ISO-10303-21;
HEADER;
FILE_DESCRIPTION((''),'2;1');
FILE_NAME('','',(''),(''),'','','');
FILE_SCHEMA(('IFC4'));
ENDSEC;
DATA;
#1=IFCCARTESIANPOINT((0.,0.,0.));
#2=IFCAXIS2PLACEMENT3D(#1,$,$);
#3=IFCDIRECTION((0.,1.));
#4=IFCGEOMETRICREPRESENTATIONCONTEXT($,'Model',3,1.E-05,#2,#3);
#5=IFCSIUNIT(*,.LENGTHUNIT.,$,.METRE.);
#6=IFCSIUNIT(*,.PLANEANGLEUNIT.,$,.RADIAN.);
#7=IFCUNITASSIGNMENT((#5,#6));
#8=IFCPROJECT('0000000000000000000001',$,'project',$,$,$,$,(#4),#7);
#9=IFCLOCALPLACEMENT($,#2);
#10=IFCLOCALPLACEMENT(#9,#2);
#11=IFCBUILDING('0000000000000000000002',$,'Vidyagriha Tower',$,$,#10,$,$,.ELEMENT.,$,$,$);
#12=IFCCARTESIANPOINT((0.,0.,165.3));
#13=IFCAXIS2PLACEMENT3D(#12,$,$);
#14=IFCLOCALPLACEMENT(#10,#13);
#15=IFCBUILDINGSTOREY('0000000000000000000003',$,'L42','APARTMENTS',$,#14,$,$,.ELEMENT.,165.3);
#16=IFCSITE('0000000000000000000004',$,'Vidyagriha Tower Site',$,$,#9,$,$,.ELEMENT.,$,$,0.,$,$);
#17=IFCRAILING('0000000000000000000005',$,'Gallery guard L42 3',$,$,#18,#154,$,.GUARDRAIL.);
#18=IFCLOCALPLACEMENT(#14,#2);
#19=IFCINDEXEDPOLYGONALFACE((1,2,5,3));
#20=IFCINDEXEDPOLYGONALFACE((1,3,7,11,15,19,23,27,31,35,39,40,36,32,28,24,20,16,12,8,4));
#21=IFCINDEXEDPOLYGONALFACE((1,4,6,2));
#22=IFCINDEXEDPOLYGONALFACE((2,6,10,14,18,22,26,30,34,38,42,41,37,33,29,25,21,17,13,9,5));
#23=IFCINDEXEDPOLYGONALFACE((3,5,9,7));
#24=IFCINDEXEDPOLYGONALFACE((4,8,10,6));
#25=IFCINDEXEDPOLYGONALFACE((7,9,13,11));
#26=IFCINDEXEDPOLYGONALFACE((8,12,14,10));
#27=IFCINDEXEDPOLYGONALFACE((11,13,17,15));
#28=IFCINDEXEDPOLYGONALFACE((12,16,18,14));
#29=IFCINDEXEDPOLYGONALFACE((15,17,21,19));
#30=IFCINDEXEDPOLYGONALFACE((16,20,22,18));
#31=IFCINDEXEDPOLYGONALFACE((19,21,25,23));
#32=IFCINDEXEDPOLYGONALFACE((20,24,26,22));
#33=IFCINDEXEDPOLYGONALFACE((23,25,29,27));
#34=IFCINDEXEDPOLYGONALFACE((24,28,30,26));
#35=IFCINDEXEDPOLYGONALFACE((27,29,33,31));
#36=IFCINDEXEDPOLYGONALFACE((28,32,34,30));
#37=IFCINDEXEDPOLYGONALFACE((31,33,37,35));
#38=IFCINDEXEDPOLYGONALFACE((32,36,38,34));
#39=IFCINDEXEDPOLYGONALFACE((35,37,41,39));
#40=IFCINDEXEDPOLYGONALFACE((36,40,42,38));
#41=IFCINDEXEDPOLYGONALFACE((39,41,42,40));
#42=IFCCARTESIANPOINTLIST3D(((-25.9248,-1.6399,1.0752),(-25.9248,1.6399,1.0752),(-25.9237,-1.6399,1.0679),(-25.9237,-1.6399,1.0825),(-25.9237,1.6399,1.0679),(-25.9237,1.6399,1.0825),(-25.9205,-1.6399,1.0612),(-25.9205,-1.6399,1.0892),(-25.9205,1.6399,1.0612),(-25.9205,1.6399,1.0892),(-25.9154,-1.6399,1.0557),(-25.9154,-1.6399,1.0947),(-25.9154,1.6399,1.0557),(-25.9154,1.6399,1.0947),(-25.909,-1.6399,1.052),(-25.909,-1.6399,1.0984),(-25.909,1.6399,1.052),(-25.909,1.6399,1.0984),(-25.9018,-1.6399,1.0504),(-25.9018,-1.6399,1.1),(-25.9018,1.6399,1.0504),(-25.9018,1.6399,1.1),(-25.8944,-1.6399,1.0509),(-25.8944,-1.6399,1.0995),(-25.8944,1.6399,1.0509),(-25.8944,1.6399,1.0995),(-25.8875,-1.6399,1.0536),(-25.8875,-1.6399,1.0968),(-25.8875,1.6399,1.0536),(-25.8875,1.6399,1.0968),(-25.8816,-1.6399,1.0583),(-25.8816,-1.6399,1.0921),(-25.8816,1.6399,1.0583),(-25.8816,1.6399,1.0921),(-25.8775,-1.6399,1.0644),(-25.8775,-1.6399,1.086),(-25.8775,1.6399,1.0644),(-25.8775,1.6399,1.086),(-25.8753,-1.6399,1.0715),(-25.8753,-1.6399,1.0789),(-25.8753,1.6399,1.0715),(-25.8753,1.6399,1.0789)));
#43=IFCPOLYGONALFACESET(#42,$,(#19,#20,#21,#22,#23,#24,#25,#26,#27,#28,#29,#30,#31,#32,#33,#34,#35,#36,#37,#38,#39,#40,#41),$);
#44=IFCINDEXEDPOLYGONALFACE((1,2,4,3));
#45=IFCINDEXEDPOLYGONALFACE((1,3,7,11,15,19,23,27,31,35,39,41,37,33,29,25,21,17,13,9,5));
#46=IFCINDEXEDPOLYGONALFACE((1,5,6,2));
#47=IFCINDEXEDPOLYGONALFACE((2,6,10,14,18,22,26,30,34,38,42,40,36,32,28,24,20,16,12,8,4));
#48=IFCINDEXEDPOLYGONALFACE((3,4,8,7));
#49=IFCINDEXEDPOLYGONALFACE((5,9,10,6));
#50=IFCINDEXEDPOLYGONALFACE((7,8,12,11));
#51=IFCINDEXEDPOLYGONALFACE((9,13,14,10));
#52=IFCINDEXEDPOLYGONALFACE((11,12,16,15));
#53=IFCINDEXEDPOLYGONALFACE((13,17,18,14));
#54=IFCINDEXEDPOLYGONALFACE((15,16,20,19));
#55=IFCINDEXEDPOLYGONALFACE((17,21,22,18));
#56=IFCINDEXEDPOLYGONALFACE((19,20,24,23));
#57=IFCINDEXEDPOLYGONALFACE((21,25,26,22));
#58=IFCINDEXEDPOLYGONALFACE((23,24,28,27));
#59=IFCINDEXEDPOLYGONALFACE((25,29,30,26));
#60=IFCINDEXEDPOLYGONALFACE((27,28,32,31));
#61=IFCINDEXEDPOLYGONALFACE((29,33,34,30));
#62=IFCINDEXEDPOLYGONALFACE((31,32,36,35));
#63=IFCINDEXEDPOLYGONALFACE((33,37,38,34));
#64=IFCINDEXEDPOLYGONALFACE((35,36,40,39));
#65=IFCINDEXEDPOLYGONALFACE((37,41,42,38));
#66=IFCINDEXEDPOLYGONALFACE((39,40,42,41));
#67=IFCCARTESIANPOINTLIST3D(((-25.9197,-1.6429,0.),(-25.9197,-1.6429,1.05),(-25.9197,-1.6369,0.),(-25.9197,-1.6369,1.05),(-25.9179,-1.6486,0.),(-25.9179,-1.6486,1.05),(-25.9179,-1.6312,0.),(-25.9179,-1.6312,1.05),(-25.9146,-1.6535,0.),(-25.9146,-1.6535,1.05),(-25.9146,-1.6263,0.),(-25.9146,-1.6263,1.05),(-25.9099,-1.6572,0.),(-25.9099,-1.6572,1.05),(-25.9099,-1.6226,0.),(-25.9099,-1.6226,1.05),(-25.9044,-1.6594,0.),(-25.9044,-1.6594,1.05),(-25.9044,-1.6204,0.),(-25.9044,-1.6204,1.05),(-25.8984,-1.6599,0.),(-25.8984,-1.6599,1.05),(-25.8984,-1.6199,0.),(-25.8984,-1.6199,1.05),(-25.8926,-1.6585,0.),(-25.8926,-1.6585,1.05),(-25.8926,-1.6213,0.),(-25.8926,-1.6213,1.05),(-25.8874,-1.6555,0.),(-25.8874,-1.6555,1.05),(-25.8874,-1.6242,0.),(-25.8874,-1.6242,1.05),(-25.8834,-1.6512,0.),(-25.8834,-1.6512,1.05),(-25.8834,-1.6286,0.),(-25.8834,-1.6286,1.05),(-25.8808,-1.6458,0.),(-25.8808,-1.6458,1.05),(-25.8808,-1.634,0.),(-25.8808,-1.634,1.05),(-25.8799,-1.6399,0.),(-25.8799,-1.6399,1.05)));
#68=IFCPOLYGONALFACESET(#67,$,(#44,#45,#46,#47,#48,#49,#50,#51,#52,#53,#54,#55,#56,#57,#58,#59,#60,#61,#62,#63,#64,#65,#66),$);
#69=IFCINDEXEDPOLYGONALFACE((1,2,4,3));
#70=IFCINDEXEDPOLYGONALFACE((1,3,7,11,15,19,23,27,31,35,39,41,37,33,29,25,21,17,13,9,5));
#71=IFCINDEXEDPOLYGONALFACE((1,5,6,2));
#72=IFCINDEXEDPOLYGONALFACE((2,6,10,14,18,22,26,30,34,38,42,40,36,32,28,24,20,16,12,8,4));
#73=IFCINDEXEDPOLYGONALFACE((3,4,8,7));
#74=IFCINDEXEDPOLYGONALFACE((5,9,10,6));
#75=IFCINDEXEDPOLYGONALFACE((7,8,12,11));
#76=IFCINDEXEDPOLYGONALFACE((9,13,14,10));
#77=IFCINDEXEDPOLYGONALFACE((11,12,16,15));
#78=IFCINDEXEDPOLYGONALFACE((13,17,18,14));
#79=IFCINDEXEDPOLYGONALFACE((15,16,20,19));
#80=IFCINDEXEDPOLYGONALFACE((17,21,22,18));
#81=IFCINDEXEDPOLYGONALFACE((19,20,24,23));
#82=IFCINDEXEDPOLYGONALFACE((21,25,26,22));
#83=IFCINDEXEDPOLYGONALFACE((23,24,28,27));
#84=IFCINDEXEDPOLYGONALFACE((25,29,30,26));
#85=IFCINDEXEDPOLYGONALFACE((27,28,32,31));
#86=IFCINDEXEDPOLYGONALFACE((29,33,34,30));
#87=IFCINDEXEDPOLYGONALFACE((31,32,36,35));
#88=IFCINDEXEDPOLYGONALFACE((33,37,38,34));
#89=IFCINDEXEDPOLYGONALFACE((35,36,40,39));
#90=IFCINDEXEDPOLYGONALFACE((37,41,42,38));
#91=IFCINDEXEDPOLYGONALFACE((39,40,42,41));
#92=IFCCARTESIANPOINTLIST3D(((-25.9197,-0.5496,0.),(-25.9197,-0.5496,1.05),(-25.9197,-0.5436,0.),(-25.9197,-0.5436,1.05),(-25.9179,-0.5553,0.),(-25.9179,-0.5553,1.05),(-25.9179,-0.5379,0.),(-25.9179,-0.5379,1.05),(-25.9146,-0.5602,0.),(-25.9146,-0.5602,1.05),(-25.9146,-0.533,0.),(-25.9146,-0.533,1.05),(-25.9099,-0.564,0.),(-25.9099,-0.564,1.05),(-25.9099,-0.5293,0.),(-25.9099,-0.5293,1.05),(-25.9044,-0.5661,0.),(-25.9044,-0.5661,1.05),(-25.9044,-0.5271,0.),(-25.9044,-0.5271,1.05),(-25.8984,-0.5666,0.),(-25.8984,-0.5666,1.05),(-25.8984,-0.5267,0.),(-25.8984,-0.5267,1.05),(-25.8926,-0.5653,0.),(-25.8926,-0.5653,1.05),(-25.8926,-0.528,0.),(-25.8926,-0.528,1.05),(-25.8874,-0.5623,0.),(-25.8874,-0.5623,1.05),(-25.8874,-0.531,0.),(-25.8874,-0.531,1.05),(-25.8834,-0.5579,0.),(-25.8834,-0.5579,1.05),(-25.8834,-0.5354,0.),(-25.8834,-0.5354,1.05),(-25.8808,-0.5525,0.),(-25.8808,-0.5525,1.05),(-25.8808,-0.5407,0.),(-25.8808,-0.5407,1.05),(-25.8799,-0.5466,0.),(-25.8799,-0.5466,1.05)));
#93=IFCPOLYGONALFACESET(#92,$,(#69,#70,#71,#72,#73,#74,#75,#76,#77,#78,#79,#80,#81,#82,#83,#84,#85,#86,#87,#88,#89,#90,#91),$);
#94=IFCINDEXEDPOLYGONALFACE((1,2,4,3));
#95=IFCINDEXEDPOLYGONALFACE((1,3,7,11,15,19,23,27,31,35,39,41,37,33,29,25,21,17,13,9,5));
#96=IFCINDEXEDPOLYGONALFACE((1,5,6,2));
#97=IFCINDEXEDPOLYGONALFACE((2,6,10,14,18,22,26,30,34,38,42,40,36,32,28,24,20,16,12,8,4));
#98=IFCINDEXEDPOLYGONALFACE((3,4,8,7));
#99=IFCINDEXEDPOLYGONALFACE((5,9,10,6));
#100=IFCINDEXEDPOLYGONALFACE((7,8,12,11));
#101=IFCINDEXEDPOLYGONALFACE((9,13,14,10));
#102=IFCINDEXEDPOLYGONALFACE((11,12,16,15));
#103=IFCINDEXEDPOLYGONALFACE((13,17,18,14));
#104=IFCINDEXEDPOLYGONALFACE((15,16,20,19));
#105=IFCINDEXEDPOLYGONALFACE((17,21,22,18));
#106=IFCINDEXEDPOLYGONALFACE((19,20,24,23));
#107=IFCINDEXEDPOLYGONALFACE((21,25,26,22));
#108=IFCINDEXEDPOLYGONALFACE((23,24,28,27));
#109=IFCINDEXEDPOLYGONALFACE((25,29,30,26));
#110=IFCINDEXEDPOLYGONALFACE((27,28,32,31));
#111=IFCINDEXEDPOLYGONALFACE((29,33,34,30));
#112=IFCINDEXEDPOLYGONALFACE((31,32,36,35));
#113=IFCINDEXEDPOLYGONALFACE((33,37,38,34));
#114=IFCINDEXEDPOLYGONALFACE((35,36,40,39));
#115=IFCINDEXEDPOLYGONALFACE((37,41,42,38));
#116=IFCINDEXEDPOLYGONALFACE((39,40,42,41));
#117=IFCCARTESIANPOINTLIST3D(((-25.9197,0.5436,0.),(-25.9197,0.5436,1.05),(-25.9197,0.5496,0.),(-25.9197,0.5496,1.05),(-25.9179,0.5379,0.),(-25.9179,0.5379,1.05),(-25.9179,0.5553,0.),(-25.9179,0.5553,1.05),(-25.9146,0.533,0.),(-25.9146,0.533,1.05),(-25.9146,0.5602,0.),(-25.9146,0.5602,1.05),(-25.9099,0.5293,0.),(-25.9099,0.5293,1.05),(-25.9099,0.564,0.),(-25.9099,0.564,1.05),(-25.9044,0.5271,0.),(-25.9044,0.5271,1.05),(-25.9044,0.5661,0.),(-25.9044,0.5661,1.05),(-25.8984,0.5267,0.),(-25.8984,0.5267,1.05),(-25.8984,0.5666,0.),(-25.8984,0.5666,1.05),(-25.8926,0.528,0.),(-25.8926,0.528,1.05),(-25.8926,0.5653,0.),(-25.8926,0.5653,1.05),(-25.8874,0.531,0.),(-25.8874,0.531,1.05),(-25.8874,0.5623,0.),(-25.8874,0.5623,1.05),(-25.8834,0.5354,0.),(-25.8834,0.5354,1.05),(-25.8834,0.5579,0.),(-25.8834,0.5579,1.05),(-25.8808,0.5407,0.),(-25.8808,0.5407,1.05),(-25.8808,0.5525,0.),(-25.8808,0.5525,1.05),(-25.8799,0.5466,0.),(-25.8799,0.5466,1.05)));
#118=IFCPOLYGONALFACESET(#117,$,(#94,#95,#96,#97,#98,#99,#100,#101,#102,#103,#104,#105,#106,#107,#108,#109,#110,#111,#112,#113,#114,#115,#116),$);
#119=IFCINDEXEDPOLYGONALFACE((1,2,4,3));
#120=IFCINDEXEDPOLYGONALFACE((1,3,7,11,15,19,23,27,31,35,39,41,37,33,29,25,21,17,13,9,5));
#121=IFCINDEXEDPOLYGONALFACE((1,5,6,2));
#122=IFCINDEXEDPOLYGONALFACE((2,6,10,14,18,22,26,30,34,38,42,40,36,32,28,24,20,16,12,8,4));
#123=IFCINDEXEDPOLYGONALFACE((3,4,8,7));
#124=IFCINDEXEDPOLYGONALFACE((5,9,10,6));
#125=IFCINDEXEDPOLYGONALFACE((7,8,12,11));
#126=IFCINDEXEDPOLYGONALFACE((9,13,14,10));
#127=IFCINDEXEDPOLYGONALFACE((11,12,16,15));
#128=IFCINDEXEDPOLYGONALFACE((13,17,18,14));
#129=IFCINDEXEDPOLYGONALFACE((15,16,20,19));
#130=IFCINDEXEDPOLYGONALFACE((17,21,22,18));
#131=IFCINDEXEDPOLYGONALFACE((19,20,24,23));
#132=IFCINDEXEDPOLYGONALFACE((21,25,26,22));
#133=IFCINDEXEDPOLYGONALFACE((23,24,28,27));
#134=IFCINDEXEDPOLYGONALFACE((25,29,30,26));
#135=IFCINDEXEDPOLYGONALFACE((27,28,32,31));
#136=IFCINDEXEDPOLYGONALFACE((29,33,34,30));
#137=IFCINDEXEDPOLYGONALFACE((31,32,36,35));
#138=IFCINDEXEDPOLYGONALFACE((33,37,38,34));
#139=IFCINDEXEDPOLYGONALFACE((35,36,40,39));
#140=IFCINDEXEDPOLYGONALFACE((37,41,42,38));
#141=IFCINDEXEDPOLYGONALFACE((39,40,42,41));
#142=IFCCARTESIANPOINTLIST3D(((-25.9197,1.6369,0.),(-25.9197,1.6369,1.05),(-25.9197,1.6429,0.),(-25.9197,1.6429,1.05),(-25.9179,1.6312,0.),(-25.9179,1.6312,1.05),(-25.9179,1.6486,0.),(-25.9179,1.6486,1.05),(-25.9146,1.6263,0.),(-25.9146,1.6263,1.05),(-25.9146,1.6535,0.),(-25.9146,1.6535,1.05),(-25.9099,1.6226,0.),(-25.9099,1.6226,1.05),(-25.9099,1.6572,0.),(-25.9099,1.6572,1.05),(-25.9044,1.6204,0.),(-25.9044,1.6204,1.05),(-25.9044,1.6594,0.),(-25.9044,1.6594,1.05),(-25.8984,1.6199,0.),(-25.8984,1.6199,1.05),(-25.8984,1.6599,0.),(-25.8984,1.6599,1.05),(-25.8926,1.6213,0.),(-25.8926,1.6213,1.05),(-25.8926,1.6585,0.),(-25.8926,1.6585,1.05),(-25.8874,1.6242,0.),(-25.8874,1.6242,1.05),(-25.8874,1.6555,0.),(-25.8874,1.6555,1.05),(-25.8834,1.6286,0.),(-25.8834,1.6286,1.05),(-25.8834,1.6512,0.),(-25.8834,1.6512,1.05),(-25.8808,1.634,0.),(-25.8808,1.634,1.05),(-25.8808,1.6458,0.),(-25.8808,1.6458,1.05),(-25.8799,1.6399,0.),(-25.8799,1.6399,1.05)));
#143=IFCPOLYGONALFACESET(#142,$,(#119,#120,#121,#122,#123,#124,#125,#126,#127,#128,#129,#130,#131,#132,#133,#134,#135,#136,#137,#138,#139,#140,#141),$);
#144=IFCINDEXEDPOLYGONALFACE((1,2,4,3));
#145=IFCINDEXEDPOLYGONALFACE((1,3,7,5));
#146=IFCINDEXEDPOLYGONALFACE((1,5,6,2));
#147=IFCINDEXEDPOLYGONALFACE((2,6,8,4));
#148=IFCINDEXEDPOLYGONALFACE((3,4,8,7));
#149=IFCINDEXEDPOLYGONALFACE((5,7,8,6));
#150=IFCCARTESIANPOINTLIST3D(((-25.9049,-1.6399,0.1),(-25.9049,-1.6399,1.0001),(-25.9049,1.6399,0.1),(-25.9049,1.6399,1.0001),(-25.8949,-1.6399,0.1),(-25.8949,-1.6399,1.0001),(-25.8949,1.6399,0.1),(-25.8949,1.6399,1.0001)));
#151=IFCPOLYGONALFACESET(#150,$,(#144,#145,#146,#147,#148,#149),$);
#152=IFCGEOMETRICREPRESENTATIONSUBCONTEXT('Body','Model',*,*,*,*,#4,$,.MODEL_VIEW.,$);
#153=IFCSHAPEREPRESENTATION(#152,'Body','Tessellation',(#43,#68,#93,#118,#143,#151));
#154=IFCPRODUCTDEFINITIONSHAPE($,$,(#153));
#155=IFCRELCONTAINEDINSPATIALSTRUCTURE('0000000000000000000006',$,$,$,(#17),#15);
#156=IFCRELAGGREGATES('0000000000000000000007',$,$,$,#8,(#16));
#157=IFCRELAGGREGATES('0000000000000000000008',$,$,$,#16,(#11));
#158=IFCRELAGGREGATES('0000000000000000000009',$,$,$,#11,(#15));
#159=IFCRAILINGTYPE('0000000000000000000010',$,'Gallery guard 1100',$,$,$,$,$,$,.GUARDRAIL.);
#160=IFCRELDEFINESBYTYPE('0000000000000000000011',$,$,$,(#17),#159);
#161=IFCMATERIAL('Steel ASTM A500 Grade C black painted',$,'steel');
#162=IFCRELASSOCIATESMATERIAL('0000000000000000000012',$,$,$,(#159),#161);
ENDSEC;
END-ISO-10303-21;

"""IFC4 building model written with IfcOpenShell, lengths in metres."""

from ifc_helpers import new_model, si_unit, direction, frame, origin, origin_2d, place, context, subcontext, project, spatial, rectangle, circle, extrude, material, type_object, element, save


model = new_model("IFC4")

# Units and contexts
model_context = context("Model", 3, precision=1e-05, world=origin(), true_north=direction((0.0, 1.0)))
body_context = subcontext(model_context, "Body", "Model", "MODEL_VIEW")
ifc_project = project(units=[si_unit("LENGTHUNIT", "METRE"), si_unit("PLANEANGLEUNIT", "RADIAN")], contexts=[model_context])

# Site, building, storey
site_placement = place(None, origin())
site = spatial("IfcSite", under=ifc_project, at=site_placement, Name="Vidyagriha Tower Site", CompositionType="ELEMENT", RefElevation=0.0)
building_placement = place(site_placement, origin())
building = spatial("IfcBuilding", under=site, at=building_placement, Name="Vidyagriha Tower", CompositionType="ELEMENT")
storey_placement = place(building_placement, frame((0.0, 0.0, 165.3)))
storey = spatial("IfcBuildingStorey", under=building, at=storey_placement, Name="L42", Description="APARTMENTS", CompositionType="ELEMENT", Elevation=165.3)

# Railing
ifc_material_1 = material(Name="Steel ASTM A500 Grade C black painted", Category="steel")
railing_type_1 = type_object("IfcRailingType", Name="Gallery guard 1100", PredefinedType="GUARDRAIL", material=ifc_material_1)
railing_1_placement = place(storey_placement, frame((-25.8999, -1.6399, 0.0)))
element("IfcRailing", 1, at=railing_1_placement, inside=storey, type_object=railing_type_1, Name="Gallery guard L42 3", PredefinedType="GUARDRAIL", context=body_context, shape_type="SweptSolid", body=[
    extrude(circle(Radius=0.0249, at=origin_2d()), frame((0.0, 0.0, 1.0752), z_axis=(0.0, 1.0, 0.0), x_axis=(-1.0, 0.0, 0.0)), (0.0, 0.0, 1.0), 3.2798),
    extrude(circle(Radius=0.02, at=origin_2d()), origin(), (0.0, 0.0, 1.0), 1.05),
    extrude(circle(Radius=0.02, at=origin_2d()), frame((0.0, 1.0933, 0.0)), (0.0, 0.0, 1.0), 1.05),
    extrude(circle(Radius=0.02, at=origin_2d()), frame((0.0, 2.1865, 0.0)), (0.0, 0.0, 1.0), 1.05),
    extrude(circle(Radius=0.02, at=origin_2d()), frame((0.0, 3.2798, 0.0)), (0.0, 0.0, 1.0), 1.05),
    extrude(rectangle(XDim=0.01, YDim=0.9001, at=origin_2d()), frame((0.0, 0.0, 0.55), z_axis=(0.0, 1.0, 0.0), x_axis=(-1.0, 0.0, 0.0)), (0.0, 0.0, 1.0), 3.2798),
])

save(model, "model.ifc")
